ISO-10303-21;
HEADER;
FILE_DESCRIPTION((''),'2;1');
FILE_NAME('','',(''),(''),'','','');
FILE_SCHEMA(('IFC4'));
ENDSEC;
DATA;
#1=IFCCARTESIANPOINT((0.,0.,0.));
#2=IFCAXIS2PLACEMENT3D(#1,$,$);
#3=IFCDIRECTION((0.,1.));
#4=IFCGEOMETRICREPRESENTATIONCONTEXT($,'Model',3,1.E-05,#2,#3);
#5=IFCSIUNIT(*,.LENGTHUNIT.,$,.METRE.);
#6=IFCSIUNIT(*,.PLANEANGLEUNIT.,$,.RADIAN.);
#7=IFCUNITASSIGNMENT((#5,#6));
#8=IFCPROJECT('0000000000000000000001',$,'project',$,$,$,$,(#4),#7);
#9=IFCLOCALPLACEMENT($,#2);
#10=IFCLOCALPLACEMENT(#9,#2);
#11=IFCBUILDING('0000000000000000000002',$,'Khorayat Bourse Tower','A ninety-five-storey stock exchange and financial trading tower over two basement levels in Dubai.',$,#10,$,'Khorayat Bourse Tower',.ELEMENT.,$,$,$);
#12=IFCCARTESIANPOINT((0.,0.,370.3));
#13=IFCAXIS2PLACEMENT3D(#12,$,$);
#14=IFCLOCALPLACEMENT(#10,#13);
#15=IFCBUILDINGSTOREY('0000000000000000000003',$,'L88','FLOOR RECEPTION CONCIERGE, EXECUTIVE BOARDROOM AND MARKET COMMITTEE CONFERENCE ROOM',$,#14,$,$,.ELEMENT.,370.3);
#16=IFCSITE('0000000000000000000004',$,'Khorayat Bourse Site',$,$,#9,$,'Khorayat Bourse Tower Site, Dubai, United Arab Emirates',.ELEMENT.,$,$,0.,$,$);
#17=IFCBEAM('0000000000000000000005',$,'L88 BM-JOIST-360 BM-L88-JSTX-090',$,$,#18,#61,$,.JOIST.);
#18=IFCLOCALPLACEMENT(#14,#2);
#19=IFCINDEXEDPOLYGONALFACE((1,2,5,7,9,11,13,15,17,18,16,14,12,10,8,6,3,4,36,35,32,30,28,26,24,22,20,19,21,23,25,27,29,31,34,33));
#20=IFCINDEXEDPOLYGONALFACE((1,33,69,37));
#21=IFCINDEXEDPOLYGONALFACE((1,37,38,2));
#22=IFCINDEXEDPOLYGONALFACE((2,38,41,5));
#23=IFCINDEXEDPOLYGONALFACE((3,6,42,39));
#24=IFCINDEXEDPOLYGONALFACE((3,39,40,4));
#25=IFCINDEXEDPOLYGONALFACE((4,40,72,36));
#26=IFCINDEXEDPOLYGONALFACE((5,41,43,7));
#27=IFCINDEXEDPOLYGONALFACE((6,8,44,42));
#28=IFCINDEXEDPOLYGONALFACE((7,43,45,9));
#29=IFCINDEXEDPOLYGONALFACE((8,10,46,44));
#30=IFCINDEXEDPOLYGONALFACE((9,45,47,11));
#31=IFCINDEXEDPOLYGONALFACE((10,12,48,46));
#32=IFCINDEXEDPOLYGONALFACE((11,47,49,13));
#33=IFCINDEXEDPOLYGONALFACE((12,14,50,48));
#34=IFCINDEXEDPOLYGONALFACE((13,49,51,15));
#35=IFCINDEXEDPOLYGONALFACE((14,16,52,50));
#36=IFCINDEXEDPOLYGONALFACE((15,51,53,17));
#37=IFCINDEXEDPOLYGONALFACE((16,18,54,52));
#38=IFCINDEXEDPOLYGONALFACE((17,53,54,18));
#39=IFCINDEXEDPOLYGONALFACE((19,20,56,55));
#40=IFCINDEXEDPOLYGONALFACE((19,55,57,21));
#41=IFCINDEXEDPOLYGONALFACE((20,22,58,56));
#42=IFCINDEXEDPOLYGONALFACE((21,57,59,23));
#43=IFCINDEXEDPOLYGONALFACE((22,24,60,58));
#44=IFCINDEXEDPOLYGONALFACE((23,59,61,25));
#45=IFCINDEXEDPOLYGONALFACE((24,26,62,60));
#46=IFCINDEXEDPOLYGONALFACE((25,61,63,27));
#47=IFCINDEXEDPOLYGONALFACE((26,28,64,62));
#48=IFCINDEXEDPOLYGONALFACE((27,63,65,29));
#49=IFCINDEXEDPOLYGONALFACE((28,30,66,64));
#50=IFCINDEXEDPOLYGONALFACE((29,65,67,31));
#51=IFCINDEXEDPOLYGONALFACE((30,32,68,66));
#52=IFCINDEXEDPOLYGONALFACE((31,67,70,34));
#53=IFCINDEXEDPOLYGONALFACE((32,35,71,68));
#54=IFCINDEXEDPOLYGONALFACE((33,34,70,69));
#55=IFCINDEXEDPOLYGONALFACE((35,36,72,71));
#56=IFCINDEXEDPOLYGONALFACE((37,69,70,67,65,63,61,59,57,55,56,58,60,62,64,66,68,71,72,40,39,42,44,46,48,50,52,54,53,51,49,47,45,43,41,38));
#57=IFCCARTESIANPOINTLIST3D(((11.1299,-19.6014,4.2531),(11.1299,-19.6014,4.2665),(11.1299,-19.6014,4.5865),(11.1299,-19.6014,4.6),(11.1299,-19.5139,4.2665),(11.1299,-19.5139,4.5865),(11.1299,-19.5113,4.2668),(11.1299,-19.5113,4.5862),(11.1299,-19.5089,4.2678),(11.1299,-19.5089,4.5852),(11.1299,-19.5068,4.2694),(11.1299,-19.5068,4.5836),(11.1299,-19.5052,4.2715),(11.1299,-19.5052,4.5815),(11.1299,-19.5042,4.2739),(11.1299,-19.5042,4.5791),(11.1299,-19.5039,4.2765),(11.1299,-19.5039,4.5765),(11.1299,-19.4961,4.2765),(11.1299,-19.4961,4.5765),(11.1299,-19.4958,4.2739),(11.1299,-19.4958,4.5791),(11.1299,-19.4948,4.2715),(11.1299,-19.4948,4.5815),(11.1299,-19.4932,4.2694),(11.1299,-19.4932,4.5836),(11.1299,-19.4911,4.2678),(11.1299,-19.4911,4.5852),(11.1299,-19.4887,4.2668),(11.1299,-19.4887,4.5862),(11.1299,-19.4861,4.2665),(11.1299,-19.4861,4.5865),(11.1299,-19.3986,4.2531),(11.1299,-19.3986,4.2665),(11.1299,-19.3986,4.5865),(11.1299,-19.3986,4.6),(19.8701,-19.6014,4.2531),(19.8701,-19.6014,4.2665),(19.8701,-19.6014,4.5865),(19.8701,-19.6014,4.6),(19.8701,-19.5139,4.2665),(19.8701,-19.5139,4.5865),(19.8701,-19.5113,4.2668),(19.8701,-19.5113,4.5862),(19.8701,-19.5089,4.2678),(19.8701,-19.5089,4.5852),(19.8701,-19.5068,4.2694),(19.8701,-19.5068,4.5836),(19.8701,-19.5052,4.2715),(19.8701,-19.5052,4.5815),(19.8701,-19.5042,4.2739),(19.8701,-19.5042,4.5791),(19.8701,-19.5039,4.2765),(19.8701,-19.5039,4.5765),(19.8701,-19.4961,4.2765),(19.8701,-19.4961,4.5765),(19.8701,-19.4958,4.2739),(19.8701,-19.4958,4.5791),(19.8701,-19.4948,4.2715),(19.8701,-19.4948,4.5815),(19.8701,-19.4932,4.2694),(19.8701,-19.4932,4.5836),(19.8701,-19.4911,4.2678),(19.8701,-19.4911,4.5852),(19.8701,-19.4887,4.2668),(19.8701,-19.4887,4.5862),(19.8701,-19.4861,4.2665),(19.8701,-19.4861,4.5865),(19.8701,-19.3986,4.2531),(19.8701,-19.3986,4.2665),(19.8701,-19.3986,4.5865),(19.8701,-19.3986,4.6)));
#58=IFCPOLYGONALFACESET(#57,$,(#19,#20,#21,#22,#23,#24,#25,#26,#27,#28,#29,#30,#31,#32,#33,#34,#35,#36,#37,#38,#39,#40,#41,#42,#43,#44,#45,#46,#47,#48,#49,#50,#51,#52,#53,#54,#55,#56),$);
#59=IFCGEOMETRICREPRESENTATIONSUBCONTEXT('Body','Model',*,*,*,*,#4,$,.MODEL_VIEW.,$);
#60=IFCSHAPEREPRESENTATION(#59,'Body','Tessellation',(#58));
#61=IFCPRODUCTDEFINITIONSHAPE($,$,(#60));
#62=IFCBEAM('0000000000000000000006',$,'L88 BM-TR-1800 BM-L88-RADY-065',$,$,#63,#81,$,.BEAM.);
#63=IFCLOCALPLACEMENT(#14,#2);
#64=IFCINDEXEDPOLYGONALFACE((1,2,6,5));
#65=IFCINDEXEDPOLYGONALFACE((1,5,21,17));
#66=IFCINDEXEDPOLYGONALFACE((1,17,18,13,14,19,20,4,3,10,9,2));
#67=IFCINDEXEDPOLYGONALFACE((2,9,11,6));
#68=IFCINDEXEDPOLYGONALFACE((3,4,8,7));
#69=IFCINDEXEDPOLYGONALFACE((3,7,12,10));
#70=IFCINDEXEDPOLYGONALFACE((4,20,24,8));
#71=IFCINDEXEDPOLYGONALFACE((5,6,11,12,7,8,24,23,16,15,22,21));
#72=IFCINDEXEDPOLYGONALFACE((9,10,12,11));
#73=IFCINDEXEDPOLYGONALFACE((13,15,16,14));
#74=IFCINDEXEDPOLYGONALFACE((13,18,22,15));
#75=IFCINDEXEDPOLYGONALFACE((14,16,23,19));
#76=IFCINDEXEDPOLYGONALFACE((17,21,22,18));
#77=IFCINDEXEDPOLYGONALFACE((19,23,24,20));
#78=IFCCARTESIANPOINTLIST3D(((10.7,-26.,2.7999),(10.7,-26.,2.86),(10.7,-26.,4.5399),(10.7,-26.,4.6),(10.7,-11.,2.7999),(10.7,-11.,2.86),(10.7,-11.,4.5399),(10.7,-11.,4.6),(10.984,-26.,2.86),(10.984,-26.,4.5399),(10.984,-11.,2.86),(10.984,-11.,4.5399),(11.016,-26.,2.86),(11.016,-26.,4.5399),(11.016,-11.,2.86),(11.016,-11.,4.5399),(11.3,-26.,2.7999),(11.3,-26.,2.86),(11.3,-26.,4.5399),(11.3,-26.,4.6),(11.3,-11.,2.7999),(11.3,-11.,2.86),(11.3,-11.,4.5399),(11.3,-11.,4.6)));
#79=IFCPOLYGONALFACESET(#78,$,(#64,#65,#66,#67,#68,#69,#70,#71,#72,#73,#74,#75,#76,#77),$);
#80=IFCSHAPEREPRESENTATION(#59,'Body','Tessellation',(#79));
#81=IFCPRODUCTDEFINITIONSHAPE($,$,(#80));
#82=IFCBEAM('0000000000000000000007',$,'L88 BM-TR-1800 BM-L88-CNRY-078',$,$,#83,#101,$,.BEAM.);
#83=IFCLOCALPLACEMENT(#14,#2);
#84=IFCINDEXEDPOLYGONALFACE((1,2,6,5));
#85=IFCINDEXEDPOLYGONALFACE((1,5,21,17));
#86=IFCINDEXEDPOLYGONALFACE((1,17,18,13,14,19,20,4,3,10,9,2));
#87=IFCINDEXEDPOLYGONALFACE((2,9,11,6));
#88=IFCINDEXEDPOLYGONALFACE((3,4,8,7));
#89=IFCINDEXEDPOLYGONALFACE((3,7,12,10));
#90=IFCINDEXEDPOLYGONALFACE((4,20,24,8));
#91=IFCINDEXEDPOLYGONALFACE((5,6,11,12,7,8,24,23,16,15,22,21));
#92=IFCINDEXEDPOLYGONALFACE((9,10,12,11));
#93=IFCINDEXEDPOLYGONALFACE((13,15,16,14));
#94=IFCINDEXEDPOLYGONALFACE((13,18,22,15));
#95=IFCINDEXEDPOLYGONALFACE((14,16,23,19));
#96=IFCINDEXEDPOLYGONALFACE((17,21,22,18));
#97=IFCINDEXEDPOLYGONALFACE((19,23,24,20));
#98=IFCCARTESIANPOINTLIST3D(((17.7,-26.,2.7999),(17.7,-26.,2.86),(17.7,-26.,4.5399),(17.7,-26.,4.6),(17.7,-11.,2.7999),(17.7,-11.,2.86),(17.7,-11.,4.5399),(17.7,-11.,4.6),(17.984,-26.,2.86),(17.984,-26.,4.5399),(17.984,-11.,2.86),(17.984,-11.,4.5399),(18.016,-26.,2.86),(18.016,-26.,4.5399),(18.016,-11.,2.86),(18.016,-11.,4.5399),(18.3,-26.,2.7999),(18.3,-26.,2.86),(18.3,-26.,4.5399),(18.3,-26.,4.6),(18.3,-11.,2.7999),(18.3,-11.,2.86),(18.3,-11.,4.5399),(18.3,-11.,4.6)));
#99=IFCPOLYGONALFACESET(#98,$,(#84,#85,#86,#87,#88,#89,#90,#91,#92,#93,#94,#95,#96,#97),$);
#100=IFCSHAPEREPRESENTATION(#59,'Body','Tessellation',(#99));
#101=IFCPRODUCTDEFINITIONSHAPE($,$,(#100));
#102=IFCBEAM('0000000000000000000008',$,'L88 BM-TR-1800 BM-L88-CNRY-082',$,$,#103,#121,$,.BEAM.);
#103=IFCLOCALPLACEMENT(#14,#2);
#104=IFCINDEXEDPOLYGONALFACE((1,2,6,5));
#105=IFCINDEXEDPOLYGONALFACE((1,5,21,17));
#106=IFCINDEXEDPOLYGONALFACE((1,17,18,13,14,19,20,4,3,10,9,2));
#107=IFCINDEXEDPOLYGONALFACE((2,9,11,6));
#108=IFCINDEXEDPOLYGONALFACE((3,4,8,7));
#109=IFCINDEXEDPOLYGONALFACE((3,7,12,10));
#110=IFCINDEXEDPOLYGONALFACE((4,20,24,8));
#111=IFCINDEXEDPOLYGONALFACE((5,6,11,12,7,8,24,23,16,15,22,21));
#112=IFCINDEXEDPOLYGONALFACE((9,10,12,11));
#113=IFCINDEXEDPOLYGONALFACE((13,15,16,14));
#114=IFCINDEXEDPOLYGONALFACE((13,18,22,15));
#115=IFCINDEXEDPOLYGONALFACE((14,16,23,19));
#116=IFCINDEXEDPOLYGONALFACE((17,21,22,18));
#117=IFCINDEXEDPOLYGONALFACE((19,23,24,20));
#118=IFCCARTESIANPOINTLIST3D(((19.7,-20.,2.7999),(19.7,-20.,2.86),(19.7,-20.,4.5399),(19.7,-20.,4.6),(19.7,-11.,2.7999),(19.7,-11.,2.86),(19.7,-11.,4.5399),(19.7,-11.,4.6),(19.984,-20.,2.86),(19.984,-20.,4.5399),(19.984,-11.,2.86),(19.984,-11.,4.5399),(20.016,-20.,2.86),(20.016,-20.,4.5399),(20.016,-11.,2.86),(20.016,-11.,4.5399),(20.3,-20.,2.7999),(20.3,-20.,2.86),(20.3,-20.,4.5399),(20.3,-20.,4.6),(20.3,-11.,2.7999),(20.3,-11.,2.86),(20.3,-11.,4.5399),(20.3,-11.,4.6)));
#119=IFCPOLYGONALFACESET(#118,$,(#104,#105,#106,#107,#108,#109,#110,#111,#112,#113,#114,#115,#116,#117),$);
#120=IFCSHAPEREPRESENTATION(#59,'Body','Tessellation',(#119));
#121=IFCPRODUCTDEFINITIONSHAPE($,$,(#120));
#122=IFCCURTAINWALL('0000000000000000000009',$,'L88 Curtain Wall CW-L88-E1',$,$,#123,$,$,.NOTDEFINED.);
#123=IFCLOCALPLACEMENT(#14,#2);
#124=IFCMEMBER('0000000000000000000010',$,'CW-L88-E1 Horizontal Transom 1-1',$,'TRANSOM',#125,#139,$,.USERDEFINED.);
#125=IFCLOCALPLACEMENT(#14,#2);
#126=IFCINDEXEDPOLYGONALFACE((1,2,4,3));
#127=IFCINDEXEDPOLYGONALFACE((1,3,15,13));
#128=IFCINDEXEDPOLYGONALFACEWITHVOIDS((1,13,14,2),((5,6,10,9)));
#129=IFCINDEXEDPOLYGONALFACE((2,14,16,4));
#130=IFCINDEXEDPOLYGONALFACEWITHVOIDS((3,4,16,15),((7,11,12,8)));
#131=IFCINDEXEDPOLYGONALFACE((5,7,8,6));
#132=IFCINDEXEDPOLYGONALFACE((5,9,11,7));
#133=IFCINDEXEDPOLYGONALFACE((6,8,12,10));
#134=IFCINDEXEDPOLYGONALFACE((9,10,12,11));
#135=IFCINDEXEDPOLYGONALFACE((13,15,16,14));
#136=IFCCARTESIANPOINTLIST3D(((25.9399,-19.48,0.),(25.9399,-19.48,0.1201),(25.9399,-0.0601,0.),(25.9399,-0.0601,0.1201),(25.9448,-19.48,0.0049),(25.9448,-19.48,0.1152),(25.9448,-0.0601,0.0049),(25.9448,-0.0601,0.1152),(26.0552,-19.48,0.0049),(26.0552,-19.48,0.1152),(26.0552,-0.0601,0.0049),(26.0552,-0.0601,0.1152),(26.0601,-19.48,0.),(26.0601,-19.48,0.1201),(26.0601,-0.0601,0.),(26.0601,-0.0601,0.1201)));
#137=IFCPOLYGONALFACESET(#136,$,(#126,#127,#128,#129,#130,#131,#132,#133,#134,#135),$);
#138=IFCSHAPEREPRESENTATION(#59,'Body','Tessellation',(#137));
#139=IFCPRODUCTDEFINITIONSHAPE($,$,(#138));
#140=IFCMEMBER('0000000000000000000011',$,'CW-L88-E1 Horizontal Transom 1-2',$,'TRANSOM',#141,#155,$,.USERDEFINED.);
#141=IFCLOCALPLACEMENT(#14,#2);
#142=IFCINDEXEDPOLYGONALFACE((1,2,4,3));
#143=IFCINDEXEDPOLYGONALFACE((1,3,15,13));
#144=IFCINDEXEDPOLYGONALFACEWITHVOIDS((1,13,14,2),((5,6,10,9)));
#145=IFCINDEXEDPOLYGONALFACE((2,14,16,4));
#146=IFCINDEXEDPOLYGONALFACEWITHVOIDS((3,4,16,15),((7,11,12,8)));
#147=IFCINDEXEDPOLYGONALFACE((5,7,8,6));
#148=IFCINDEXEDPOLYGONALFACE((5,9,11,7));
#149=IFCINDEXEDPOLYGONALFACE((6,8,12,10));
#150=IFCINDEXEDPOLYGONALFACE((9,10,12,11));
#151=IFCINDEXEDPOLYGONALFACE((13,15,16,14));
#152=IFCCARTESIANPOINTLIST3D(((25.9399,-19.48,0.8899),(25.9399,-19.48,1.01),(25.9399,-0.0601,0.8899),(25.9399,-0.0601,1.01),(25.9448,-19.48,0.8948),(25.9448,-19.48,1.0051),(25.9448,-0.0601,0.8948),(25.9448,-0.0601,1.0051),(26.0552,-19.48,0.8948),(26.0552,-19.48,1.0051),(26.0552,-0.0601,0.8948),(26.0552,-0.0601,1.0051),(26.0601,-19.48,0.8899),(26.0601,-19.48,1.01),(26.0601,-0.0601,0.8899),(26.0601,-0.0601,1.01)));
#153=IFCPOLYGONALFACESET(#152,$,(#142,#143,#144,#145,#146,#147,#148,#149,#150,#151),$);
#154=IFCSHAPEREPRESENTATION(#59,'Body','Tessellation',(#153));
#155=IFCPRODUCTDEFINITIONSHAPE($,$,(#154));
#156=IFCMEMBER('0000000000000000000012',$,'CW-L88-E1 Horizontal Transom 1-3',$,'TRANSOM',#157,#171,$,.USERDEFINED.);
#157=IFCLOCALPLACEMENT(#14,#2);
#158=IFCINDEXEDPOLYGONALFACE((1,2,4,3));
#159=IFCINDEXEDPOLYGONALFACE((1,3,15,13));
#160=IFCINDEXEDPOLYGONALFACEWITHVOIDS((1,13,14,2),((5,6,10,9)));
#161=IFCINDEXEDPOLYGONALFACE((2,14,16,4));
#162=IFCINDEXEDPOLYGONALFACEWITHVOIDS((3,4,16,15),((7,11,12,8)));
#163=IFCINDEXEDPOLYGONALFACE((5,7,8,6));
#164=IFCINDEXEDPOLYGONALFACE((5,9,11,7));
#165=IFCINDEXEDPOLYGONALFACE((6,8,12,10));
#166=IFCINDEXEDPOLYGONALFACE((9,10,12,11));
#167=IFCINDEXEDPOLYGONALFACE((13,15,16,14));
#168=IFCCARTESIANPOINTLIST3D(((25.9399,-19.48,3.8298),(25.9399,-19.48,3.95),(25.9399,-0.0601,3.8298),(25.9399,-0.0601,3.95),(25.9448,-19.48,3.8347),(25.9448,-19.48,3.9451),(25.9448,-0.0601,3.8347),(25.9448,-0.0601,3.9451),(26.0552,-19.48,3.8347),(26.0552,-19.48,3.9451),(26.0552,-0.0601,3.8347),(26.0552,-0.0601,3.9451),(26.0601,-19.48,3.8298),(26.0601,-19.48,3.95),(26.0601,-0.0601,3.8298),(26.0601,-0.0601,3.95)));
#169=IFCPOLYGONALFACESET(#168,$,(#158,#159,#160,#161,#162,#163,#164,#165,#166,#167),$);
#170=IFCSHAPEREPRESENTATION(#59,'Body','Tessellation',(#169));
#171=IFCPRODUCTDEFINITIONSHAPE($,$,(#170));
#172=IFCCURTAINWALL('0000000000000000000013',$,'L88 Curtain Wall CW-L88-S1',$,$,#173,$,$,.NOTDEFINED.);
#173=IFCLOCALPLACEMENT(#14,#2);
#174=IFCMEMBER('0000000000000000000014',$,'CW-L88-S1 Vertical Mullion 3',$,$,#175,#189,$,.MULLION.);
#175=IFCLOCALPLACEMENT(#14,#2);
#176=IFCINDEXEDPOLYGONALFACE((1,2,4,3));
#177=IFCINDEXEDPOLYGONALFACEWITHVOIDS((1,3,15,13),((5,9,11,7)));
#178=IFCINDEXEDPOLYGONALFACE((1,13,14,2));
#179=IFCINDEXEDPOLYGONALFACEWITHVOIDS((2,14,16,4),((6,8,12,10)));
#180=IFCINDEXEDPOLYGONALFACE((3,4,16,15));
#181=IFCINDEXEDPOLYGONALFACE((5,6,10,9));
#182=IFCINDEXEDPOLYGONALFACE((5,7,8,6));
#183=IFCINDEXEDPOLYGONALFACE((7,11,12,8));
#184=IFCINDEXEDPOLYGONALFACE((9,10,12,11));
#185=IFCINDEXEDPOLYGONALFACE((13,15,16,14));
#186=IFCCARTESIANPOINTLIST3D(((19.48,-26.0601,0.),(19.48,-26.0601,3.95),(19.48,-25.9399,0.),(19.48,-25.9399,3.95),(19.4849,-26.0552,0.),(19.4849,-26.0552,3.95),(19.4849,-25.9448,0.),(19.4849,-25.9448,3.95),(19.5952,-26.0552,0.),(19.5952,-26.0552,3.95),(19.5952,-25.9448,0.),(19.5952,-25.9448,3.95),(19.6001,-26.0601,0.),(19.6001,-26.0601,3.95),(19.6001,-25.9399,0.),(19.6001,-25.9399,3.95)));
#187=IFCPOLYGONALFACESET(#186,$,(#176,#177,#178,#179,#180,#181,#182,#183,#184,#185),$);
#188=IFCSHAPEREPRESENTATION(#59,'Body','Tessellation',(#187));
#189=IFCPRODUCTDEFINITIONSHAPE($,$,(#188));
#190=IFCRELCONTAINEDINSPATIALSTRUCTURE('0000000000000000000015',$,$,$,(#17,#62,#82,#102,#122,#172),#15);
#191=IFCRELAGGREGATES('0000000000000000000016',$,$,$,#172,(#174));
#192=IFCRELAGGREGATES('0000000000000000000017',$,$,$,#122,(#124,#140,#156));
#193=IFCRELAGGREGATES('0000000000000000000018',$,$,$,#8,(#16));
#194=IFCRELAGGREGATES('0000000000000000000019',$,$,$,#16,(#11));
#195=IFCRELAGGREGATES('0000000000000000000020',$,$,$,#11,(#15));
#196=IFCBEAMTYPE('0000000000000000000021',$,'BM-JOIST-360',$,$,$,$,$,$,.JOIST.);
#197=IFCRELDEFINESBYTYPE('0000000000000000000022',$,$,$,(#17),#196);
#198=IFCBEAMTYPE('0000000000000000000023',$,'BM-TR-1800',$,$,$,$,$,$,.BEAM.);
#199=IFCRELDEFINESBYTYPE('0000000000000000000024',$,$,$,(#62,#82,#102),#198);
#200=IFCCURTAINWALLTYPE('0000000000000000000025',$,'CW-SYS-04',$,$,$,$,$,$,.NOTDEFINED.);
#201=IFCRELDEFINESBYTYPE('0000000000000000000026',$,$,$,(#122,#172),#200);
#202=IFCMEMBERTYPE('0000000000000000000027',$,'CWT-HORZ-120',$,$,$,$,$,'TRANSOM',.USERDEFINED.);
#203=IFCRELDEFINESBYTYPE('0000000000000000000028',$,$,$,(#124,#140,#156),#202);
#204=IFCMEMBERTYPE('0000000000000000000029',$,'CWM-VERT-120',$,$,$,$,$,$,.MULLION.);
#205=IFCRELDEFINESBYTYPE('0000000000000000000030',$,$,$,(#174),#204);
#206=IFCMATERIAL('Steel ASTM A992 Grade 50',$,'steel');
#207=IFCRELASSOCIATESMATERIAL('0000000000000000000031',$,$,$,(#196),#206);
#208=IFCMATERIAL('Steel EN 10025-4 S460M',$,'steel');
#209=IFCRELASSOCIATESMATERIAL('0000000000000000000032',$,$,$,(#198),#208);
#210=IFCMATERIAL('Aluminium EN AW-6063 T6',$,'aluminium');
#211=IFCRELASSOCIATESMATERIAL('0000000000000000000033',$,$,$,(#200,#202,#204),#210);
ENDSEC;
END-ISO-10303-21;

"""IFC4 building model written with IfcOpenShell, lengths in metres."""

from ifc_helpers import new_model, si_unit, direction, frame, origin, origin_2d, place, context, subcontext, project, spatial, hollow_rectangle, i_section, extrude, source, transform, mapped, material, material_profile, profile_set, type_object, element, aggregate, save


model = new_model("IFC4")

# Units and contexts
model_context = context("Model", 3, precision=1e-05, world=origin(), true_north=direction((0.0, 1.0)))
body_context = subcontext(model_context, "Body", "Model", "MODEL_VIEW")
ifc_project = project(units=[si_unit("LENGTHUNIT", "METRE"), si_unit("PLANEANGLEUNIT", "RADIAN")], contexts=[model_context])

# Site, building, storey
site_placement = place(None, origin())
site = spatial("IfcSite", under=ifc_project, at=site_placement, Name="Khorayat Bourse Site", LongName="Khorayat Bourse Tower Site, Dubai, United Arab Emirates", CompositionType="ELEMENT", RefElevation=0.0)
building_placement = place(site_placement, origin())
building = spatial("IfcBuilding", under=site, at=building_placement, Name="Khorayat Bourse Tower", Description="A ninety-five-storey stock exchange and financial trading tower over two basement levels in Dubai.", LongName="Khorayat Bourse Tower", CompositionType="ELEMENT")
storey_placement = place(building_placement, frame((0.0, 0.0, 370.3)))
storey = spatial("IfcBuildingStorey", under=building, at=storey_placement, Name="L88", Description="FLOOR RECEPTION CONCIERGE, EXECUTIVE BOARDROOM AND MARKET COMMITTEE CONFERENCE ROOM", CompositionType="ELEMENT", Elevation=370.3)

# Beams
ifc_material_1 = material(Name="Steel ASTM A992 Grade 50", Category="steel")
ifc_material_profile_1 = material_profile(ifc_material_1, i_section(OverallWidth=0.2029, OverallDepth=0.3469, WebThickness=0.0078, FlangeThickness=0.0134, FilletRadius=0.01, at=origin_2d()), Name="W360X64")
ifc_profile_set_1 = profile_set([ifc_material_profile_1], Name="Steel ASTM A992 Grade 50")
beam_type_1 = type_object("IfcBeamType", Name="BM-JOIST-360", PredefinedType="JOIST", material=ifc_profile_set_1)
shared_shape_1 = source(origin(), body_context, "Body", "SweptSolid", [
    extrude(i_section(OverallWidth=0.2029, OverallDepth=0.3469, WebThickness=0.0078, FlangeThickness=0.0134, FilletRadius=0.01, at=origin_2d()), origin(), (0.0, 0.0, 1.0), 8.7402),
])
beam_1_placement = place(storey_placement, frame((11.1299, -19.5, 4.4265), z_axis=(1.0, 0.0, 0.0), x_axis=(0.0, 1.0, 0.0)))
element("IfcBeam", 1, at=beam_1_placement, inside=storey, type_object=beam_type_1, Name="L88 BM-JOIST-360 BM-L88-JSTX-090", PredefinedType="JOIST", context=body_context, shape_type="MappedRepresentation", body=[
    mapped(shared_shape_1, transform((0.0, 0.0, 0.0), scale=1.0)),
])
ifc_material_2 = material(Name="Steel EN 10025-4 S460M", Category="steel")
ifc_material_profile_2 = material_profile(ifc_material_2, i_section(OverallWidth=0.6001, OverallDepth=1.8, WebThickness=0.032, FlangeThickness=0.0601, at=origin_2d()), Name="PG 1800x600x32x60")
ifc_profile_set_2 = profile_set([ifc_material_profile_2], Name="Steel EN 10025-4 S460M")
beam_type_2 = type_object("IfcBeamType", Name="BM-TR-1800", PredefinedType="BEAM", material=ifc_profile_set_2)
shared_shape_2 = source(origin(), body_context, "Body", "SweptSolid", [
    extrude(i_section(OverallWidth=0.6001, OverallDepth=1.8, WebThickness=0.032, FlangeThickness=0.0601, at=origin_2d()), origin(), (0.0, 0.0, 1.0), 15.0),
])
for number, where, z_axis, x_axis, name in (
    (2, (11.0, -26.0, 3.7), (0.0, 1.0, 0.0), (-1.0, 0.0, 0.0), "L88 BM-TR-1800 BM-L88-RADY-065"),
    (3, (18.0, -26.0, 3.7), (0.0, 1.0, 0.0), (-1.0, 0.0, 0.0), "L88 BM-TR-1800 BM-L88-CNRY-078"),
):
    element("IfcBeam", number, at=place(storey_placement, frame(where, z_axis=z_axis, x_axis=x_axis)), inside=storey, type_object=beam_type_2, Name=name, PredefinedType="BEAM", context=body_context, shape_type="MappedRepresentation", body=[
        mapped(shared_shape_2, transform((0.0, 0.0, 0.0), scale=1.0)),
    ])
shared_shape_3 = source(origin(), body_context, "Body", "SweptSolid", [
    extrude(i_section(OverallWidth=0.6001, OverallDepth=1.8, WebThickness=0.032, FlangeThickness=0.0601, at=origin_2d()), origin(), (0.0, 0.0, 1.0), 9.0),
])
beam_2_placement = place(storey_placement, frame((20.0, -20.0, 3.7), z_axis=(0.0, 1.0, 0.0), x_axis=(-1.0, 0.0, 0.0)))
element("IfcBeam", 4, at=beam_2_placement, inside=storey, type_object=beam_type_2, Name="L88 BM-TR-1800 BM-L88-CNRY-082", PredefinedType="BEAM", context=body_context, shape_type="MappedRepresentation", body=[
    mapped(shared_shape_3, transform((0.0, 0.0, 0.0), scale=1.0)),
])

# Curtain wall, members
ifc_material_3 = material(Name="Aluminium EN AW-6063 T6", Category="aluminium")
curtain_wall_type = type_object("IfcCurtainWallType", Name="CW-SYS-04", PredefinedType="NOTDEFINED", material=ifc_material_3)
curtain_wall_1_placement = place(storey_placement, origin())
curtain_wall_1 = element("IfcCurtainWall", 5, at=curtain_wall_1_placement, inside=storey, type_object=curtain_wall_type, Name="L88 Curtain Wall CW-L88-E1", PredefinedType="NOTDEFINED")
ifc_material_profile_3 = material_profile(ifc_material_3, hollow_rectangle(XDim=0.1201, YDim=0.1201, WallThickness=0.0049, at=origin_2d()), Name="ALU 120x120x5")
ifc_profile_set_3 = profile_set([ifc_material_profile_3], Name="Aluminium EN AW-6063 T6")
member_type_1 = type_object("IfcMemberType", Name="CWT-HORZ-120", ElementType="TRANSOM", PredefinedType="USERDEFINED", material=ifc_profile_set_3)
shared_shape_4 = source(origin(), body_context, "Body", "SweptSolid", [
    extrude(hollow_rectangle(XDim=0.1201, YDim=0.1201, WallThickness=0.0049, at=origin_2d()), origin(), (0.0, 0.0, 1.0), 19.4199),
])
member_1_placement = place(storey_placement, frame((26.0, -19.48, 0.0601), z_axis=(0.0, 1.0, 0.0), x_axis=(-1.0, 0.0, 0.0)))
member_1 = element("IfcMember", 6, at=member_1_placement, type_object=member_type_1, Name="CW-L88-E1 Horizontal Transom 1-1", ObjectType="TRANSOM", PredefinedType="USERDEFINED", context=body_context, shape_type="MappedRepresentation", body=[
    mapped(shared_shape_4, transform((0.0, 0.0, 0.0), scale=1.0)),
])
member_2_placement = place(storey_placement, frame((26.0, -19.48, 0.95), z_axis=(0.0, 1.0, 0.0), x_axis=(-1.0, 0.0, 0.0)))
member_2 = element("IfcMember", 7, at=member_2_placement, type_object=member_type_1, Name="CW-L88-E1 Horizontal Transom 1-2", ObjectType="TRANSOM", PredefinedType="USERDEFINED", context=body_context, shape_type="MappedRepresentation", body=[
    mapped(shared_shape_4, transform((0.0, 0.0, 0.0), scale=1.0)),
])
member_3_placement = place(storey_placement, frame((26.0, -19.48, 3.8899), z_axis=(0.0, 1.0, 0.0), x_axis=(-1.0, 0.0, 0.0)))
member_3 = element("IfcMember", 8, at=member_3_placement, type_object=member_type_1, Name="CW-L88-E1 Horizontal Transom 1-3", ObjectType="TRANSOM", PredefinedType="USERDEFINED", context=body_context, shape_type="MappedRepresentation", body=[
    mapped(shared_shape_4, transform((0.0, 0.0, 0.0), scale=1.0)),
])

# Curtain wall, member
curtain_wall_2_placement = place(storey_placement, origin())
curtain_wall_2 = element("IfcCurtainWall", 9, at=curtain_wall_2_placement, inside=storey, type_object=curtain_wall_type, Name="L88 Curtain Wall CW-L88-S1", PredefinedType="NOTDEFINED")
ifc_material_profile_4 = material_profile(ifc_material_3, hollow_rectangle(XDim=0.1201, YDim=0.1201, WallThickness=0.0049, at=origin_2d()), Name="ALU 120x120x5")
ifc_profile_set_4 = profile_set([ifc_material_profile_4], Name="Aluminium EN AW-6063 T6")
member_type_2 = type_object("IfcMemberType", Name="CWM-VERT-120", PredefinedType="MULLION", material=ifc_profile_set_4)
shared_shape_5 = source(origin(), body_context, "Body", "SweptSolid", [
    extrude(hollow_rectangle(XDim=0.1201, YDim=0.1201, WallThickness=0.0049, at=origin_2d()), origin(), (0.0, 0.0, 1.0), 3.95),
])
member_4_placement = place(storey_placement, frame((19.54, -26.0, 0.0), z_axis=(0.0, 0.0, 1.0), x_axis=(0.0, 1.0, 0.0)))
member_4 = element("IfcMember", 10, at=member_4_placement, type_object=member_type_2, Name="CW-L88-S1 Vertical Mullion 3", PredefinedType="MULLION", context=body_context, shape_type="MappedRepresentation", body=[
    mapped(shared_shape_5, transform((0.0, 0.0, 0.0), scale=1.0)),
])
aggregate(curtain_wall_2, [member_4])

aggregate(curtain_wall_1, [member_1, member_2, member_3])

save(model, "model.ifc")
